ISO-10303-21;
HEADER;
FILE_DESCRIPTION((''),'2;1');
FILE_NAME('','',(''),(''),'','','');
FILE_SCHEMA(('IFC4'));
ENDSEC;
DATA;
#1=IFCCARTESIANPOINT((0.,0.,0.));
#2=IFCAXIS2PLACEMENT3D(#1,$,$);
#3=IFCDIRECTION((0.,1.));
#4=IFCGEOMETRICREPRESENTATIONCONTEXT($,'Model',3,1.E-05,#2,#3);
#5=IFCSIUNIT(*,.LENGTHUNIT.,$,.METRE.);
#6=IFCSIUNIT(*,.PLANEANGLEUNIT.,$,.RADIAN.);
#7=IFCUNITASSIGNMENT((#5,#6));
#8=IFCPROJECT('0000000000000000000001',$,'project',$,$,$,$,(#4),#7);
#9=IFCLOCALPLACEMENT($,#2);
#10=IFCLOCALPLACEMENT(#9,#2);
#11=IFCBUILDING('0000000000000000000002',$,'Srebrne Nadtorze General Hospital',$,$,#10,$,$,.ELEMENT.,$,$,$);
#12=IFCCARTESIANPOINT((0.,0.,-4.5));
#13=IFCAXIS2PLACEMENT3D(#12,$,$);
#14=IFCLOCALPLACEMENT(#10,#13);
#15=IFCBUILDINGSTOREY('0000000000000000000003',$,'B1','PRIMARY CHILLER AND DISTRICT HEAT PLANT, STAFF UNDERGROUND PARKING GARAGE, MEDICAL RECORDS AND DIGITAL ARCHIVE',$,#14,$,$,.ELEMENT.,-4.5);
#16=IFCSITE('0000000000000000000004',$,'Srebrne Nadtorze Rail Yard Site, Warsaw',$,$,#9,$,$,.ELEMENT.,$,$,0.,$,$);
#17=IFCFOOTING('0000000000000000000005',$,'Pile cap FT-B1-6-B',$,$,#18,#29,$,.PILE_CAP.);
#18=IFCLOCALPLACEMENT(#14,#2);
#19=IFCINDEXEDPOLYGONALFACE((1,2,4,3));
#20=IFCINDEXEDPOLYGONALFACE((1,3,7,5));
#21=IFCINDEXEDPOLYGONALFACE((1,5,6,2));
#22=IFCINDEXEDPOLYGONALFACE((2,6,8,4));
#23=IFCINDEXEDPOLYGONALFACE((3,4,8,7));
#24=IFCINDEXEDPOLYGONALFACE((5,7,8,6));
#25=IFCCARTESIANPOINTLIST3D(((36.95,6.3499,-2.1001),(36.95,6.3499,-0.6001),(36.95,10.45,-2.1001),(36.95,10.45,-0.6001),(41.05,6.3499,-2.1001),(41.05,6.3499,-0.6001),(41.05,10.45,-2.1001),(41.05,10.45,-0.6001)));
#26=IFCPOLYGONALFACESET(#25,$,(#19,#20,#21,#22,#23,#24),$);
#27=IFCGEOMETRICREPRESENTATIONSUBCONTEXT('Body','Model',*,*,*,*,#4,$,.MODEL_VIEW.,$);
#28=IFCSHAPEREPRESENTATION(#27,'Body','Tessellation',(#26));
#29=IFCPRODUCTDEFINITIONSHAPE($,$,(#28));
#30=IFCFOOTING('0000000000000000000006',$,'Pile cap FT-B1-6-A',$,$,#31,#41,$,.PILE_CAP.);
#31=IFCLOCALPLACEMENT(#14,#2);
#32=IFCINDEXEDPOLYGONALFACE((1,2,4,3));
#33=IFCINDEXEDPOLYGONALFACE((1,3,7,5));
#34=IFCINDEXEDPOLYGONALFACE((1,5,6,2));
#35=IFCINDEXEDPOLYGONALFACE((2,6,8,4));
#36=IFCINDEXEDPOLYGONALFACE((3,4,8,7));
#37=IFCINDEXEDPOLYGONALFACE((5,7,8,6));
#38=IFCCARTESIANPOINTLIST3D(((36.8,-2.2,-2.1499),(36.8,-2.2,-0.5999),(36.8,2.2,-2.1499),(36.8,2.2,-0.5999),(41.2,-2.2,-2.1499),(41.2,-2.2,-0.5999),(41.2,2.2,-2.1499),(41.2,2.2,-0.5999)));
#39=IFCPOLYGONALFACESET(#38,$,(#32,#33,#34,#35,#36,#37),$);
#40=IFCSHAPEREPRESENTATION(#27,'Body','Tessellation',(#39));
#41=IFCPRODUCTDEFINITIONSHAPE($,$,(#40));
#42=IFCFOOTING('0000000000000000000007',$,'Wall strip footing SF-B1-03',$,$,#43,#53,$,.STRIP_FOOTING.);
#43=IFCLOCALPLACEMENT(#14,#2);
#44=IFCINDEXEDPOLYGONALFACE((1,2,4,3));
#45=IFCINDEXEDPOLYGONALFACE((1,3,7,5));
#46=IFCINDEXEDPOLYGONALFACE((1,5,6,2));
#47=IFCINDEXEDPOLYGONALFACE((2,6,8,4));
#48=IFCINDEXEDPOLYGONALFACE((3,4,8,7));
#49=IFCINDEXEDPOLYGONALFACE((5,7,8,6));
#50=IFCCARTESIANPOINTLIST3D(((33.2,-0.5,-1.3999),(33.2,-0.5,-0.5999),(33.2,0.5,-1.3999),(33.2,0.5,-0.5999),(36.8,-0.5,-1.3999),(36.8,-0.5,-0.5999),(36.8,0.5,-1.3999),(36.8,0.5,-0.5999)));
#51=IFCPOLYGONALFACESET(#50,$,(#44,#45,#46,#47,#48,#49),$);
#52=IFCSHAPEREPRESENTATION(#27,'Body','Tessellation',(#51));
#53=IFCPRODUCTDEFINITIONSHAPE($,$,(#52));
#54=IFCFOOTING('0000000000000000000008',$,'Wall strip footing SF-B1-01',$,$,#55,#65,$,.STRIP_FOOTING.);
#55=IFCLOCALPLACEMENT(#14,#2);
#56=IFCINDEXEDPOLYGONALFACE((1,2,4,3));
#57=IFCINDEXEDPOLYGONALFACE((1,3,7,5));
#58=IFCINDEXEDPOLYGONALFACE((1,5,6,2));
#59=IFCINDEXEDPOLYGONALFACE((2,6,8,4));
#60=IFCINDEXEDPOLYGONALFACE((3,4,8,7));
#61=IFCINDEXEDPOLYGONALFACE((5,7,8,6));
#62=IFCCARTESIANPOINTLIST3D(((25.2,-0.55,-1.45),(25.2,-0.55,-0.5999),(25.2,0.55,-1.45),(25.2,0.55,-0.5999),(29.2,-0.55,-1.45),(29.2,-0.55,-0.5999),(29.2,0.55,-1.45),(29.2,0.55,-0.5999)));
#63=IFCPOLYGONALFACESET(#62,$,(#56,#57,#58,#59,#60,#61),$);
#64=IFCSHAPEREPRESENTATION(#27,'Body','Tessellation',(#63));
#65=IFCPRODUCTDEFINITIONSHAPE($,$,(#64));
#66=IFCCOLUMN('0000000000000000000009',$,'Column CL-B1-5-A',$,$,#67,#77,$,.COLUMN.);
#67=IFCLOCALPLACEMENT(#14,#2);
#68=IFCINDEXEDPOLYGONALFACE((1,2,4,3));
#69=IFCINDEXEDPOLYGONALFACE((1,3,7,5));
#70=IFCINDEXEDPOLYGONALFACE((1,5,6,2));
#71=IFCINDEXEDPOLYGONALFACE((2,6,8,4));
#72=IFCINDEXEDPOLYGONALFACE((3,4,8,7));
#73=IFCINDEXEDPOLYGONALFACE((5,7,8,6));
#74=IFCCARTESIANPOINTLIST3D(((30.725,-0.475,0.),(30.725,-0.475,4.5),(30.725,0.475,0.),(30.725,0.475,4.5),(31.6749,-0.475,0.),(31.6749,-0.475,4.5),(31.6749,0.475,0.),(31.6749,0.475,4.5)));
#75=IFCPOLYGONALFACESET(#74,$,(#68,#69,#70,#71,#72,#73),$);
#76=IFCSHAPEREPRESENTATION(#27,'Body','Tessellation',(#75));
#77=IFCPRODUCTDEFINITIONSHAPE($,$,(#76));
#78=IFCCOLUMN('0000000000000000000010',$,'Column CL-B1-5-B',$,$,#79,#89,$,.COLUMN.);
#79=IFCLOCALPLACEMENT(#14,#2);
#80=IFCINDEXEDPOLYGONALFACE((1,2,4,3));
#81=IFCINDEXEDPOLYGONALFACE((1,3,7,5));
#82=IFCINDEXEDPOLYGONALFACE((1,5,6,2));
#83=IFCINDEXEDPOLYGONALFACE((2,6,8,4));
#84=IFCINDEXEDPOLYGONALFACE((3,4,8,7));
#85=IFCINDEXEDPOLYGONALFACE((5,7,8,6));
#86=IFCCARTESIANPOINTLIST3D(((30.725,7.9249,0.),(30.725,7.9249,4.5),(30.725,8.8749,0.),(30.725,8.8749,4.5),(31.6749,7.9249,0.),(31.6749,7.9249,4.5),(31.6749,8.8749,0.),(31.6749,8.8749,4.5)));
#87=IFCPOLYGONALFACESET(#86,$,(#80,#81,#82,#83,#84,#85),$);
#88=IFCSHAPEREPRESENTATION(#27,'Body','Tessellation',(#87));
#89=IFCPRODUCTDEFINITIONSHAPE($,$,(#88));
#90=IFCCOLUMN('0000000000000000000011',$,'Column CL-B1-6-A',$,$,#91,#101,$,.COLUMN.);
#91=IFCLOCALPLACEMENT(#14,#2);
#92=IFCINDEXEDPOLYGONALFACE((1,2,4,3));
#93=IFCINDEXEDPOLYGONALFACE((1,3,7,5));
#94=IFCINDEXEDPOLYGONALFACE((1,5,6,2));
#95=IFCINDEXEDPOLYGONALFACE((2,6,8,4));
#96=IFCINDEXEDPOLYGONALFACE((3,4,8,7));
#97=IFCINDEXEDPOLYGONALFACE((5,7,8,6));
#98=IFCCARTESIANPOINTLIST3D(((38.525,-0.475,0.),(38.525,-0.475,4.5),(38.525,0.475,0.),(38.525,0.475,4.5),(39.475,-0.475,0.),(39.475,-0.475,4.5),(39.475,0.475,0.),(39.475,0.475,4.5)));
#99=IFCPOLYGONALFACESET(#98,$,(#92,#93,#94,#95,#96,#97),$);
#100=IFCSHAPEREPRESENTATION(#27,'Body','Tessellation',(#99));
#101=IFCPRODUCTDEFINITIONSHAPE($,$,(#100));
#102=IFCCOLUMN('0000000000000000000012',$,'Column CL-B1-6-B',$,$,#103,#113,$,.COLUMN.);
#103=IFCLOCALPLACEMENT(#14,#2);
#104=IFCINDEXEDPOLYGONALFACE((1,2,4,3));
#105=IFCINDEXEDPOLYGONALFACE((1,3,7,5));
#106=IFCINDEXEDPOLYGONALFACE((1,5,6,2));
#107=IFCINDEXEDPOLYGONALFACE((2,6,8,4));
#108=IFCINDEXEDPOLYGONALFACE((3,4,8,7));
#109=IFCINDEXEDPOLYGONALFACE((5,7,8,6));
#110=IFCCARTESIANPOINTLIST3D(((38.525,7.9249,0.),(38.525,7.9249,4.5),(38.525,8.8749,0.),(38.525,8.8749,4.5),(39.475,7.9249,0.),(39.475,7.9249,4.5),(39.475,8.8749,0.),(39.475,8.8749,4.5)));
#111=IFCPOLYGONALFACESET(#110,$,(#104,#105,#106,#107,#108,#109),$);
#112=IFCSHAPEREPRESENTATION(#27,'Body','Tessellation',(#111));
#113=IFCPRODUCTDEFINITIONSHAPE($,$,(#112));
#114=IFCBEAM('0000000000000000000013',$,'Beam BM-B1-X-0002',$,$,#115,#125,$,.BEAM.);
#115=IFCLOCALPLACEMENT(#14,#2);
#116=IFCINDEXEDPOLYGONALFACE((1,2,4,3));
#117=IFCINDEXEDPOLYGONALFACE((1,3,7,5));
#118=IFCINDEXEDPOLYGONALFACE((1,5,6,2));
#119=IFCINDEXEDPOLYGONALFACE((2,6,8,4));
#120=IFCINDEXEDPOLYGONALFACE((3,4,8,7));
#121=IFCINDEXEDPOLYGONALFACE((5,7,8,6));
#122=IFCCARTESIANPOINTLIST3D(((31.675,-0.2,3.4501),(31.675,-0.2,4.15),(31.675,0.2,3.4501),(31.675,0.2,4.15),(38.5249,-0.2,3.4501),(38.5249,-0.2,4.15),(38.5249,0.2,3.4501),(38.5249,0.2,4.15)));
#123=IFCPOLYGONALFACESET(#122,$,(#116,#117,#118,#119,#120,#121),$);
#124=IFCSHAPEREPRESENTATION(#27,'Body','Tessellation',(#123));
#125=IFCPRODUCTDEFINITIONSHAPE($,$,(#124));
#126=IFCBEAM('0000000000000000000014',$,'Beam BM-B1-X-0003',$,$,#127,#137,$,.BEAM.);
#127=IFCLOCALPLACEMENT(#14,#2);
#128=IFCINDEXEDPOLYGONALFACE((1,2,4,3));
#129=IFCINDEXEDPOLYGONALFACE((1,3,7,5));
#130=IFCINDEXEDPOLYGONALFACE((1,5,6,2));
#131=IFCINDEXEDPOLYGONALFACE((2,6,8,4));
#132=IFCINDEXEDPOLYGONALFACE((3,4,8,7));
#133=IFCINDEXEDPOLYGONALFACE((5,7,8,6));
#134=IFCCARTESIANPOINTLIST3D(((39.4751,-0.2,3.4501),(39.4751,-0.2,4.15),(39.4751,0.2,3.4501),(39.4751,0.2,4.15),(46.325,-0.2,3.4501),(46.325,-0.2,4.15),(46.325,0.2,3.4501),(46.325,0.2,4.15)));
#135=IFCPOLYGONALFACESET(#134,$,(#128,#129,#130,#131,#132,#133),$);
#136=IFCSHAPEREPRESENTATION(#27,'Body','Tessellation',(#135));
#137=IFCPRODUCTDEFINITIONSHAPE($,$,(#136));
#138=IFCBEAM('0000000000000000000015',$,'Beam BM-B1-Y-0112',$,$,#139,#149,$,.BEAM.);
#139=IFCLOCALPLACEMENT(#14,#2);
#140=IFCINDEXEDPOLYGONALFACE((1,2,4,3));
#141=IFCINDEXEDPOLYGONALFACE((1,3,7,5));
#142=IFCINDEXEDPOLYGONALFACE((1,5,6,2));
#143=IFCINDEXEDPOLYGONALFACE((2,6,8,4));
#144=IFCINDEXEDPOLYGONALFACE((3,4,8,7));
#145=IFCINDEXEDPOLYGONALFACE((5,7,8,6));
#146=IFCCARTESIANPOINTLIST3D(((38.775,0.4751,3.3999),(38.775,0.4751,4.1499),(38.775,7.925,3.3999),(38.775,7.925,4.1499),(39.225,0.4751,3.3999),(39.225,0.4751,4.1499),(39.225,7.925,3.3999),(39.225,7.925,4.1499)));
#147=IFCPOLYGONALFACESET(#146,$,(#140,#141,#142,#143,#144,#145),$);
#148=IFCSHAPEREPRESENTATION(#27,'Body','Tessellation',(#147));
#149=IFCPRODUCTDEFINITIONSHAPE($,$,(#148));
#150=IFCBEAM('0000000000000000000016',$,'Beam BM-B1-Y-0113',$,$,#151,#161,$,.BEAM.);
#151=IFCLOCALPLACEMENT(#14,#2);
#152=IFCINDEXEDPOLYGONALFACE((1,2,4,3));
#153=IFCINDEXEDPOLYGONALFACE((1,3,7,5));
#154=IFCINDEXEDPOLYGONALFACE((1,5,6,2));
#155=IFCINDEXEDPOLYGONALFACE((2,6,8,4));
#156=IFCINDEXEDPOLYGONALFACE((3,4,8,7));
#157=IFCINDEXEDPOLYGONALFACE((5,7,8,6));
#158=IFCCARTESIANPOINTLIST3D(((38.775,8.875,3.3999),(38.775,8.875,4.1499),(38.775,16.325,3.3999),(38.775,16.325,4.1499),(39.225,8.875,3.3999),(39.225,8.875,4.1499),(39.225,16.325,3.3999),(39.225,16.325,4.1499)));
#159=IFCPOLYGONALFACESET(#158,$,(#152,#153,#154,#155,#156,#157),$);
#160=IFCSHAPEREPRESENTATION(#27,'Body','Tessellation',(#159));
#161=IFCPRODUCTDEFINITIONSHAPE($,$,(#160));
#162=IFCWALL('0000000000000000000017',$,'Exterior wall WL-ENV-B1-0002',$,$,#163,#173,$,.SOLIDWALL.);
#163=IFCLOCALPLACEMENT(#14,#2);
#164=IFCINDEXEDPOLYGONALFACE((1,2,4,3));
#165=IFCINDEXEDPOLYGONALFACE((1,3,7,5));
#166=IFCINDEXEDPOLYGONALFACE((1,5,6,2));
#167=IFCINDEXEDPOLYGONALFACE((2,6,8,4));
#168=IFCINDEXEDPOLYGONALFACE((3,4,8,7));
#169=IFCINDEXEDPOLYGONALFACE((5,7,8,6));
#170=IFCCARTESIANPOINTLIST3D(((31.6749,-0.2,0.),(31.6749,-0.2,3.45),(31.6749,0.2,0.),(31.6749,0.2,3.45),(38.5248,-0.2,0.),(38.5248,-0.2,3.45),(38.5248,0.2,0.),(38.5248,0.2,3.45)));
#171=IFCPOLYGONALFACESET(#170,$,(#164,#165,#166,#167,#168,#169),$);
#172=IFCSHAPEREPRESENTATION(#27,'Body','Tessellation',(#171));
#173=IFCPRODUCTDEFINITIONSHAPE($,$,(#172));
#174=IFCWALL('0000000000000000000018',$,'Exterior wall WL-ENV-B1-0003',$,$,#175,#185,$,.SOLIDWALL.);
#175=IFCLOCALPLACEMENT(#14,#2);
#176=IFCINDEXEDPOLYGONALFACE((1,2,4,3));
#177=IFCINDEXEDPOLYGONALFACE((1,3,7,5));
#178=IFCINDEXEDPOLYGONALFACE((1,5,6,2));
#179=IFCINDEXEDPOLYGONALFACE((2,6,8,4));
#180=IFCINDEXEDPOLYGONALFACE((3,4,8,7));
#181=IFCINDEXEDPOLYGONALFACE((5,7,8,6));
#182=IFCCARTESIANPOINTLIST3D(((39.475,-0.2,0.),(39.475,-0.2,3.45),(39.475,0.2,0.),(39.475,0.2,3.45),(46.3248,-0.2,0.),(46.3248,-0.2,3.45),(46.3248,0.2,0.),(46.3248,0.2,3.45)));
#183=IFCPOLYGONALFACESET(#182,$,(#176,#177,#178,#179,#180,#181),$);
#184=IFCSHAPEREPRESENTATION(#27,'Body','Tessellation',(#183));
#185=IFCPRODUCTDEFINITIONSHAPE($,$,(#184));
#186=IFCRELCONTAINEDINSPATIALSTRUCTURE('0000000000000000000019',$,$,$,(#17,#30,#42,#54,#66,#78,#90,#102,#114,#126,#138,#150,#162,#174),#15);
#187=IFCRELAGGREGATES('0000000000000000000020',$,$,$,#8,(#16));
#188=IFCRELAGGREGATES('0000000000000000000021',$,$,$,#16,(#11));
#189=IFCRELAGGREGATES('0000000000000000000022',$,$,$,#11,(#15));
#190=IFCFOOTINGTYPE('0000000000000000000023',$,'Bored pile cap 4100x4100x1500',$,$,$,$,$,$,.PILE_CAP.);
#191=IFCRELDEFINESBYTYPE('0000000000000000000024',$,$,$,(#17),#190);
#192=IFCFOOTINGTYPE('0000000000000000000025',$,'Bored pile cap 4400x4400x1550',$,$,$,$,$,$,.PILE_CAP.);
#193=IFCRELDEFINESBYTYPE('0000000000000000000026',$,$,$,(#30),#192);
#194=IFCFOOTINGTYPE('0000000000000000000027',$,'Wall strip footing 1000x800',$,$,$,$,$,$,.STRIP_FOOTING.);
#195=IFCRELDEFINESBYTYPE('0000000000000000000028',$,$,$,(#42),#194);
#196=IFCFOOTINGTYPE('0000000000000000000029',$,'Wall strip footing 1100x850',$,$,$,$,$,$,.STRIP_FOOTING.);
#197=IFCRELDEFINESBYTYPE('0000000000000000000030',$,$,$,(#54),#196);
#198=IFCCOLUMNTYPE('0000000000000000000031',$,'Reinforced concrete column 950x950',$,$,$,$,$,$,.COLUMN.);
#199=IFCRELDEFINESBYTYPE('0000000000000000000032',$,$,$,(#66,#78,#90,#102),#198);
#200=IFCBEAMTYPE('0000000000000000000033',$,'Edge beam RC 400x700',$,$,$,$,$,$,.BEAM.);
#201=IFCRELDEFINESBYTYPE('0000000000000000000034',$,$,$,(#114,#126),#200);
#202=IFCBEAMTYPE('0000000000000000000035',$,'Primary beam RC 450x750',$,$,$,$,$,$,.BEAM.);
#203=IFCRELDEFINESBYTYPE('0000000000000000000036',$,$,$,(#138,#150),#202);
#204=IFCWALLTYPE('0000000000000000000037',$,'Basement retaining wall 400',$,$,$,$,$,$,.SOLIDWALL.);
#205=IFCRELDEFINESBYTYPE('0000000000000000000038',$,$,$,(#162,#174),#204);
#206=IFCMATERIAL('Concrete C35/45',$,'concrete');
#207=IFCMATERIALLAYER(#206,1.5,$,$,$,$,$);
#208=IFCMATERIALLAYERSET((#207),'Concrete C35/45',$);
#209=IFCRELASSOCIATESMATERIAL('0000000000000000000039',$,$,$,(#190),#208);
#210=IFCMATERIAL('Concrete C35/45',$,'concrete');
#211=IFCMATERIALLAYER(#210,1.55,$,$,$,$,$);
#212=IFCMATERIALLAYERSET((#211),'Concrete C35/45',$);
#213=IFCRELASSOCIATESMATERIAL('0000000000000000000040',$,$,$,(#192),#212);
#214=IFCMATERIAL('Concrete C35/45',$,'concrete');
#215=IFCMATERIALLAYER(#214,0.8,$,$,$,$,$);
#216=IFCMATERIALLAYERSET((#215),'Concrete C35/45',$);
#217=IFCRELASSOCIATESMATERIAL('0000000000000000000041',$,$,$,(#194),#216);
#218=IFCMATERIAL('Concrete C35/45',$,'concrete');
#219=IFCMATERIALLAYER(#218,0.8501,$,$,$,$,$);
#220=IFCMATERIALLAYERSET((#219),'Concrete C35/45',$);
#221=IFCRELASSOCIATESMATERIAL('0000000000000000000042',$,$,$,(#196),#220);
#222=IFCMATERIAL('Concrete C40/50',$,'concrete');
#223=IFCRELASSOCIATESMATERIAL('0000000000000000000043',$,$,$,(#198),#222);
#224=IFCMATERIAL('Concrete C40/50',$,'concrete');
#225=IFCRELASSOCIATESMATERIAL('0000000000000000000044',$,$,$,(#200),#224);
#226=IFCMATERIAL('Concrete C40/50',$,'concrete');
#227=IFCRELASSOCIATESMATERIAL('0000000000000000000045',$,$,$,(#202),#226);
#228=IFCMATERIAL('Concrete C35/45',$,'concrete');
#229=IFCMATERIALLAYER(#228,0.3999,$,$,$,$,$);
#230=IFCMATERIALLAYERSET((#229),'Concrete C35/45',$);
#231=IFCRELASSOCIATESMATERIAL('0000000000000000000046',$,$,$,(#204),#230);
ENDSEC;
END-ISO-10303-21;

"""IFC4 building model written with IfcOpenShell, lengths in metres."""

from ifc_helpers import new_model, si_unit, direction, frame, frame_2d, origin, origin_2d, place, context, subcontext, project, spatial, rectangle, extrude, material, layer, layer_set, material_profile, profile_set, type_object, element, save


model = new_model("IFC4")

# Units and contexts
model_context = context("Model", 3, precision=1e-05, world=origin(), true_north=direction((0.0, 1.0)))
body_context = subcontext(model_context, "Body", "Model", "MODEL_VIEW")
ifc_project = project(units=[si_unit("LENGTHUNIT", "METRE"), si_unit("PLANEANGLEUNIT", "RADIAN")], contexts=[model_context])

# Site, building, storey
site_placement = place(None, origin())
site = spatial("IfcSite", under=ifc_project, at=site_placement, Name="Srebrne Nadtorze Rail Yard Site, Warsaw", CompositionType="ELEMENT", RefElevation=0.0)
building_placement = place(site_placement, origin())
building = spatial("IfcBuilding", under=site, at=building_placement, Name="Srebrne Nadtorze General Hospital", CompositionType="ELEMENT")
storey_placement = place(building_placement, frame((0.0, 0.0, -4.5)))
storey = spatial("IfcBuildingStorey", under=building, at=storey_placement, Name="B1", Description="PRIMARY CHILLER AND DISTRICT HEAT PLANT, STAFF UNDERGROUND PARKING GARAGE, MEDICAL RECORDS AND DIGITAL ARCHIVE", CompositionType="ELEMENT", Elevation=-4.5)

# Footings
ifc_material_1 = material(Name="Concrete C35/45", Category="concrete")
ifc_layer_1 = layer(ifc_material_1, 1.5)
ifc_layer_set_1 = layer_set([ifc_layer_1], Name="Concrete C35/45")
footing_type_1 = type_object("IfcFootingType", Name="Bored pile cap 4100x4100x1500", PredefinedType="PILE_CAP", material=ifc_layer_set_1)
footing_1_placement = place(storey_placement, frame((39.0, 8.3999, -2.1001), z_axis=(0.0, 0.0, 1.0), x_axis=(1.0, 0.0, 0.0)))
element("IfcFooting", 1, at=footing_1_placement, inside=storey, type_object=footing_type_1, Name="Pile cap FT-B1-6-B", PredefinedType="PILE_CAP", context=body_context, shape_type="SweptSolid", body=[
    extrude(rectangle(XDim=4.1001, YDim=4.1001, at=origin_2d()), origin(), (0.0, 0.0, 1.0), 1.5),
])
ifc_material_2 = material(Name="Concrete C35/45", Category="concrete")
ifc_layer_2 = layer(ifc_material_2, 1.55)
ifc_layer_set_2 = layer_set([ifc_layer_2], Name="Concrete C35/45")
footing_type_2 = type_object("IfcFootingType", Name="Bored pile cap 4400x4400x1550", PredefinedType="PILE_CAP", material=ifc_layer_set_2)
footing_2_placement = place(storey_placement, frame((39.0, 0.0, -2.1499), z_axis=(0.0, 0.0, 1.0), x_axis=(1.0, 0.0, 0.0)))
element("IfcFooting", 2, at=footing_2_placement, inside=storey, type_object=footing_type_2, Name="Pile cap FT-B1-6-A", PredefinedType="PILE_CAP", context=body_context, shape_type="SweptSolid", body=[
    extrude(rectangle(XDim=4.3999, YDim=4.3999, at=origin_2d()), origin(), (0.0, 0.0, 1.0), 1.55),
])
ifc_material_3 = material(Name="Concrete C35/45", Category="concrete")
ifc_layer_3 = layer(ifc_material_3, 0.8)
ifc_layer_set_3 = layer_set([ifc_layer_3], Name="Concrete C35/45")
footing_type_3 = type_object("IfcFootingType", Name="Wall strip footing 1000x800", PredefinedType="STRIP_FOOTING", material=ifc_layer_set_3)
footing_3_placement = place(storey_placement, frame((35.0, 0.0, -1.3999), z_axis=(0.0, 0.0, 1.0), x_axis=(1.0, 0.0, 0.0)))
element("IfcFooting", 3, at=footing_3_placement, inside=storey, type_object=footing_type_3, Name="Wall strip footing SF-B1-03", PredefinedType="STRIP_FOOTING", context=body_context, shape_type="SweptSolid", body=[
    extrude(rectangle(XDim=3.6001, YDim=1.0, at=origin_2d()), origin(), (0.0, 0.0, 1.0), 0.8),
])
ifc_material_4 = material(Name="Concrete C35/45", Category="concrete")
ifc_layer_4 = layer(ifc_material_4, 0.8501)
ifc_layer_set_4 = layer_set([ifc_layer_4], Name="Concrete C35/45")
footing_type_4 = type_object("IfcFootingType", Name="Wall strip footing 1100x850", PredefinedType="STRIP_FOOTING", material=ifc_layer_set_4)
footing_4_placement = place(storey_placement, frame((27.2, 0.0, -1.45), z_axis=(0.0, 0.0, 1.0), x_axis=(1.0, 0.0, 0.0)))
element("IfcFooting", 4, at=footing_4_placement, inside=storey, type_object=footing_type_4, Name="Wall strip footing SF-B1-01", PredefinedType="STRIP_FOOTING", context=body_context, shape_type="SweptSolid", body=[
    extrude(rectangle(XDim=4.0, YDim=1.1001, at=origin_2d()), origin(), (0.0, 0.0, 1.0), 0.8501),
])

# Columns
ifc_material_5 = material(Name="Concrete C40/50", Category="concrete")
ifc_material_profile_1 = material_profile(ifc_material_5, rectangle(XDim=0.95, YDim=0.95, at=origin_2d()), Name="RC-COL-950x950")
ifc_profile_set_1 = profile_set([ifc_material_profile_1], Name="Concrete C40/50")
column_type = type_object("IfcColumnType", Name="Reinforced concrete column 950x950", PredefinedType="COLUMN", material=ifc_profile_set_1)
for number, where, z_axis, x_axis, name in (
    (5, (31.2, 0.0, 0.0), (0.0, 0.0, 1.0), (1.0, 0.0, 0.0), "Column CL-B1-5-A"),
    (6, (31.2, 8.3999, 0.0), (0.0, 0.0, 1.0), (1.0, 0.0, 0.0), "Column CL-B1-5-B"),
    (7, (39.0, 0.0, 0.0), (0.0, 0.0, 1.0), (1.0, 0.0, 0.0), "Column CL-B1-6-A"),
    (8, (39.0, 8.3999, 0.0), (0.0, 0.0, 1.0), (1.0, 0.0, 0.0), "Column CL-B1-6-B"),
):
    element("IfcColumn", number, at=place(storey_placement, frame(where, z_axis=z_axis, x_axis=x_axis)), inside=storey, type_object=column_type, Name=name, PredefinedType="COLUMN", context=body_context, shape_type="SweptSolid", body=[
        extrude(rectangle(XDim=0.95, YDim=0.95, at=origin_2d()), origin(), (0.0, 0.0, 1.0), 4.5),
    ])

# Beams
ifc_material_6 = material(Name="Concrete C40/50", Category="concrete")
ifc_material_profile_2 = material_profile(ifc_material_6, rectangle(XDim=0.3999, YDim=0.7, at=origin_2d()), Name="RC-BM-400x700")
ifc_profile_set_2 = profile_set([ifc_material_profile_2], Name="Concrete C40/50")
beam_type_1 = type_object("IfcBeamType", Name="Edge beam RC 400x700", PredefinedType="BEAM", material=ifc_profile_set_2)
for number, where, z_axis, x_axis, name in (
    (9, (31.675, 0.0, 3.8), (1.0, 0.0, 0.0), (0.0, 1.0, 0.0), "Beam BM-B1-X-0002"),
    (10, (39.4751, 0.0, 3.8), (1.0, 0.0, 0.0), (0.0, 1.0, 0.0), "Beam BM-B1-X-0003"),
):
    element("IfcBeam", number, at=place(storey_placement, frame(where, z_axis=z_axis, x_axis=x_axis)), inside=storey, type_object=beam_type_1, Name=name, PredefinedType="BEAM", context=body_context, shape_type="SweptSolid", body=[
        extrude(rectangle(XDim=0.3999, YDim=0.7, at=origin_2d()), origin(), (0.0, 0.0, 1.0), 6.8499),
    ])
ifc_material_7 = material(Name="Concrete C40/50", Category="concrete")
ifc_material_profile_3 = material_profile(ifc_material_7, rectangle(XDim=0.45, YDim=0.75, at=origin_2d()), Name="RC-BM-450x750")
ifc_profile_set_3 = profile_set([ifc_material_profile_3], Name="Concrete C40/50")
beam_type_2 = type_object("IfcBeamType", Name="Primary beam RC 450x750", PredefinedType="BEAM", material=ifc_profile_set_3)
for number, where, z_axis, x_axis, name in (
    (11, (39.0, 0.4751, 3.7749), (0.0, 1.0, 0.0), (-1.0, 0.0, 0.0), "Beam BM-B1-Y-0112"),
    (12, (39.0, 8.875, 3.7749), (0.0, 1.0, 0.0), (-1.0, 0.0, 0.0), "Beam BM-B1-Y-0113"),
):
    element("IfcBeam", number, at=place(storey_placement, frame(where, z_axis=z_axis, x_axis=x_axis)), inside=storey, type_object=beam_type_2, Name=name, PredefinedType="BEAM", context=body_context, shape_type="SweptSolid", body=[
        extrude(rectangle(XDim=0.45, YDim=0.75, at=origin_2d()), origin(), (0.0, 0.0, 1.0), 7.45),
    ])

# Walls
ifc_material_8 = material(Name="Concrete C35/45", Category="concrete")
ifc_layer_5 = layer(ifc_material_8, 0.3999)
ifc_layer_set_5 = layer_set([ifc_layer_5], Name="Concrete C35/45")
wall_type_1 = type_object("IfcWallType", Name="Basement retaining wall 400", PredefinedType="SOLIDWALL", material=ifc_layer_set_5)
for number, where, z_axis, x_axis, name in (
    (13, (31.675, 0.0, 0.0), (0.0, 0.0, 1.0), (1.0, 0.0, 0.0), "Exterior wall WL-ENV-B1-0002"),
    (14, (39.4751, 0.0, 0.0), (0.0, 0.0, 1.0), (1.0, 0.0, 0.0), "Exterior wall WL-ENV-B1-0003"),
):
    element("IfcWall", number, at=place(storey_placement, frame(where, z_axis=z_axis, x_axis=x_axis)), inside=storey, type_object=wall_type_1, Name=name, PredefinedType="SOLIDWALL", context=body_context, shape_type="SweptSolid", body=[
        extrude(rectangle(XDim=6.8499, YDim=0.3999, at=frame_2d((3.4248, 0.0))), origin(), (0.0, 0.0, 1.0), 3.45),
    ])

save(model, "model.ifc")
